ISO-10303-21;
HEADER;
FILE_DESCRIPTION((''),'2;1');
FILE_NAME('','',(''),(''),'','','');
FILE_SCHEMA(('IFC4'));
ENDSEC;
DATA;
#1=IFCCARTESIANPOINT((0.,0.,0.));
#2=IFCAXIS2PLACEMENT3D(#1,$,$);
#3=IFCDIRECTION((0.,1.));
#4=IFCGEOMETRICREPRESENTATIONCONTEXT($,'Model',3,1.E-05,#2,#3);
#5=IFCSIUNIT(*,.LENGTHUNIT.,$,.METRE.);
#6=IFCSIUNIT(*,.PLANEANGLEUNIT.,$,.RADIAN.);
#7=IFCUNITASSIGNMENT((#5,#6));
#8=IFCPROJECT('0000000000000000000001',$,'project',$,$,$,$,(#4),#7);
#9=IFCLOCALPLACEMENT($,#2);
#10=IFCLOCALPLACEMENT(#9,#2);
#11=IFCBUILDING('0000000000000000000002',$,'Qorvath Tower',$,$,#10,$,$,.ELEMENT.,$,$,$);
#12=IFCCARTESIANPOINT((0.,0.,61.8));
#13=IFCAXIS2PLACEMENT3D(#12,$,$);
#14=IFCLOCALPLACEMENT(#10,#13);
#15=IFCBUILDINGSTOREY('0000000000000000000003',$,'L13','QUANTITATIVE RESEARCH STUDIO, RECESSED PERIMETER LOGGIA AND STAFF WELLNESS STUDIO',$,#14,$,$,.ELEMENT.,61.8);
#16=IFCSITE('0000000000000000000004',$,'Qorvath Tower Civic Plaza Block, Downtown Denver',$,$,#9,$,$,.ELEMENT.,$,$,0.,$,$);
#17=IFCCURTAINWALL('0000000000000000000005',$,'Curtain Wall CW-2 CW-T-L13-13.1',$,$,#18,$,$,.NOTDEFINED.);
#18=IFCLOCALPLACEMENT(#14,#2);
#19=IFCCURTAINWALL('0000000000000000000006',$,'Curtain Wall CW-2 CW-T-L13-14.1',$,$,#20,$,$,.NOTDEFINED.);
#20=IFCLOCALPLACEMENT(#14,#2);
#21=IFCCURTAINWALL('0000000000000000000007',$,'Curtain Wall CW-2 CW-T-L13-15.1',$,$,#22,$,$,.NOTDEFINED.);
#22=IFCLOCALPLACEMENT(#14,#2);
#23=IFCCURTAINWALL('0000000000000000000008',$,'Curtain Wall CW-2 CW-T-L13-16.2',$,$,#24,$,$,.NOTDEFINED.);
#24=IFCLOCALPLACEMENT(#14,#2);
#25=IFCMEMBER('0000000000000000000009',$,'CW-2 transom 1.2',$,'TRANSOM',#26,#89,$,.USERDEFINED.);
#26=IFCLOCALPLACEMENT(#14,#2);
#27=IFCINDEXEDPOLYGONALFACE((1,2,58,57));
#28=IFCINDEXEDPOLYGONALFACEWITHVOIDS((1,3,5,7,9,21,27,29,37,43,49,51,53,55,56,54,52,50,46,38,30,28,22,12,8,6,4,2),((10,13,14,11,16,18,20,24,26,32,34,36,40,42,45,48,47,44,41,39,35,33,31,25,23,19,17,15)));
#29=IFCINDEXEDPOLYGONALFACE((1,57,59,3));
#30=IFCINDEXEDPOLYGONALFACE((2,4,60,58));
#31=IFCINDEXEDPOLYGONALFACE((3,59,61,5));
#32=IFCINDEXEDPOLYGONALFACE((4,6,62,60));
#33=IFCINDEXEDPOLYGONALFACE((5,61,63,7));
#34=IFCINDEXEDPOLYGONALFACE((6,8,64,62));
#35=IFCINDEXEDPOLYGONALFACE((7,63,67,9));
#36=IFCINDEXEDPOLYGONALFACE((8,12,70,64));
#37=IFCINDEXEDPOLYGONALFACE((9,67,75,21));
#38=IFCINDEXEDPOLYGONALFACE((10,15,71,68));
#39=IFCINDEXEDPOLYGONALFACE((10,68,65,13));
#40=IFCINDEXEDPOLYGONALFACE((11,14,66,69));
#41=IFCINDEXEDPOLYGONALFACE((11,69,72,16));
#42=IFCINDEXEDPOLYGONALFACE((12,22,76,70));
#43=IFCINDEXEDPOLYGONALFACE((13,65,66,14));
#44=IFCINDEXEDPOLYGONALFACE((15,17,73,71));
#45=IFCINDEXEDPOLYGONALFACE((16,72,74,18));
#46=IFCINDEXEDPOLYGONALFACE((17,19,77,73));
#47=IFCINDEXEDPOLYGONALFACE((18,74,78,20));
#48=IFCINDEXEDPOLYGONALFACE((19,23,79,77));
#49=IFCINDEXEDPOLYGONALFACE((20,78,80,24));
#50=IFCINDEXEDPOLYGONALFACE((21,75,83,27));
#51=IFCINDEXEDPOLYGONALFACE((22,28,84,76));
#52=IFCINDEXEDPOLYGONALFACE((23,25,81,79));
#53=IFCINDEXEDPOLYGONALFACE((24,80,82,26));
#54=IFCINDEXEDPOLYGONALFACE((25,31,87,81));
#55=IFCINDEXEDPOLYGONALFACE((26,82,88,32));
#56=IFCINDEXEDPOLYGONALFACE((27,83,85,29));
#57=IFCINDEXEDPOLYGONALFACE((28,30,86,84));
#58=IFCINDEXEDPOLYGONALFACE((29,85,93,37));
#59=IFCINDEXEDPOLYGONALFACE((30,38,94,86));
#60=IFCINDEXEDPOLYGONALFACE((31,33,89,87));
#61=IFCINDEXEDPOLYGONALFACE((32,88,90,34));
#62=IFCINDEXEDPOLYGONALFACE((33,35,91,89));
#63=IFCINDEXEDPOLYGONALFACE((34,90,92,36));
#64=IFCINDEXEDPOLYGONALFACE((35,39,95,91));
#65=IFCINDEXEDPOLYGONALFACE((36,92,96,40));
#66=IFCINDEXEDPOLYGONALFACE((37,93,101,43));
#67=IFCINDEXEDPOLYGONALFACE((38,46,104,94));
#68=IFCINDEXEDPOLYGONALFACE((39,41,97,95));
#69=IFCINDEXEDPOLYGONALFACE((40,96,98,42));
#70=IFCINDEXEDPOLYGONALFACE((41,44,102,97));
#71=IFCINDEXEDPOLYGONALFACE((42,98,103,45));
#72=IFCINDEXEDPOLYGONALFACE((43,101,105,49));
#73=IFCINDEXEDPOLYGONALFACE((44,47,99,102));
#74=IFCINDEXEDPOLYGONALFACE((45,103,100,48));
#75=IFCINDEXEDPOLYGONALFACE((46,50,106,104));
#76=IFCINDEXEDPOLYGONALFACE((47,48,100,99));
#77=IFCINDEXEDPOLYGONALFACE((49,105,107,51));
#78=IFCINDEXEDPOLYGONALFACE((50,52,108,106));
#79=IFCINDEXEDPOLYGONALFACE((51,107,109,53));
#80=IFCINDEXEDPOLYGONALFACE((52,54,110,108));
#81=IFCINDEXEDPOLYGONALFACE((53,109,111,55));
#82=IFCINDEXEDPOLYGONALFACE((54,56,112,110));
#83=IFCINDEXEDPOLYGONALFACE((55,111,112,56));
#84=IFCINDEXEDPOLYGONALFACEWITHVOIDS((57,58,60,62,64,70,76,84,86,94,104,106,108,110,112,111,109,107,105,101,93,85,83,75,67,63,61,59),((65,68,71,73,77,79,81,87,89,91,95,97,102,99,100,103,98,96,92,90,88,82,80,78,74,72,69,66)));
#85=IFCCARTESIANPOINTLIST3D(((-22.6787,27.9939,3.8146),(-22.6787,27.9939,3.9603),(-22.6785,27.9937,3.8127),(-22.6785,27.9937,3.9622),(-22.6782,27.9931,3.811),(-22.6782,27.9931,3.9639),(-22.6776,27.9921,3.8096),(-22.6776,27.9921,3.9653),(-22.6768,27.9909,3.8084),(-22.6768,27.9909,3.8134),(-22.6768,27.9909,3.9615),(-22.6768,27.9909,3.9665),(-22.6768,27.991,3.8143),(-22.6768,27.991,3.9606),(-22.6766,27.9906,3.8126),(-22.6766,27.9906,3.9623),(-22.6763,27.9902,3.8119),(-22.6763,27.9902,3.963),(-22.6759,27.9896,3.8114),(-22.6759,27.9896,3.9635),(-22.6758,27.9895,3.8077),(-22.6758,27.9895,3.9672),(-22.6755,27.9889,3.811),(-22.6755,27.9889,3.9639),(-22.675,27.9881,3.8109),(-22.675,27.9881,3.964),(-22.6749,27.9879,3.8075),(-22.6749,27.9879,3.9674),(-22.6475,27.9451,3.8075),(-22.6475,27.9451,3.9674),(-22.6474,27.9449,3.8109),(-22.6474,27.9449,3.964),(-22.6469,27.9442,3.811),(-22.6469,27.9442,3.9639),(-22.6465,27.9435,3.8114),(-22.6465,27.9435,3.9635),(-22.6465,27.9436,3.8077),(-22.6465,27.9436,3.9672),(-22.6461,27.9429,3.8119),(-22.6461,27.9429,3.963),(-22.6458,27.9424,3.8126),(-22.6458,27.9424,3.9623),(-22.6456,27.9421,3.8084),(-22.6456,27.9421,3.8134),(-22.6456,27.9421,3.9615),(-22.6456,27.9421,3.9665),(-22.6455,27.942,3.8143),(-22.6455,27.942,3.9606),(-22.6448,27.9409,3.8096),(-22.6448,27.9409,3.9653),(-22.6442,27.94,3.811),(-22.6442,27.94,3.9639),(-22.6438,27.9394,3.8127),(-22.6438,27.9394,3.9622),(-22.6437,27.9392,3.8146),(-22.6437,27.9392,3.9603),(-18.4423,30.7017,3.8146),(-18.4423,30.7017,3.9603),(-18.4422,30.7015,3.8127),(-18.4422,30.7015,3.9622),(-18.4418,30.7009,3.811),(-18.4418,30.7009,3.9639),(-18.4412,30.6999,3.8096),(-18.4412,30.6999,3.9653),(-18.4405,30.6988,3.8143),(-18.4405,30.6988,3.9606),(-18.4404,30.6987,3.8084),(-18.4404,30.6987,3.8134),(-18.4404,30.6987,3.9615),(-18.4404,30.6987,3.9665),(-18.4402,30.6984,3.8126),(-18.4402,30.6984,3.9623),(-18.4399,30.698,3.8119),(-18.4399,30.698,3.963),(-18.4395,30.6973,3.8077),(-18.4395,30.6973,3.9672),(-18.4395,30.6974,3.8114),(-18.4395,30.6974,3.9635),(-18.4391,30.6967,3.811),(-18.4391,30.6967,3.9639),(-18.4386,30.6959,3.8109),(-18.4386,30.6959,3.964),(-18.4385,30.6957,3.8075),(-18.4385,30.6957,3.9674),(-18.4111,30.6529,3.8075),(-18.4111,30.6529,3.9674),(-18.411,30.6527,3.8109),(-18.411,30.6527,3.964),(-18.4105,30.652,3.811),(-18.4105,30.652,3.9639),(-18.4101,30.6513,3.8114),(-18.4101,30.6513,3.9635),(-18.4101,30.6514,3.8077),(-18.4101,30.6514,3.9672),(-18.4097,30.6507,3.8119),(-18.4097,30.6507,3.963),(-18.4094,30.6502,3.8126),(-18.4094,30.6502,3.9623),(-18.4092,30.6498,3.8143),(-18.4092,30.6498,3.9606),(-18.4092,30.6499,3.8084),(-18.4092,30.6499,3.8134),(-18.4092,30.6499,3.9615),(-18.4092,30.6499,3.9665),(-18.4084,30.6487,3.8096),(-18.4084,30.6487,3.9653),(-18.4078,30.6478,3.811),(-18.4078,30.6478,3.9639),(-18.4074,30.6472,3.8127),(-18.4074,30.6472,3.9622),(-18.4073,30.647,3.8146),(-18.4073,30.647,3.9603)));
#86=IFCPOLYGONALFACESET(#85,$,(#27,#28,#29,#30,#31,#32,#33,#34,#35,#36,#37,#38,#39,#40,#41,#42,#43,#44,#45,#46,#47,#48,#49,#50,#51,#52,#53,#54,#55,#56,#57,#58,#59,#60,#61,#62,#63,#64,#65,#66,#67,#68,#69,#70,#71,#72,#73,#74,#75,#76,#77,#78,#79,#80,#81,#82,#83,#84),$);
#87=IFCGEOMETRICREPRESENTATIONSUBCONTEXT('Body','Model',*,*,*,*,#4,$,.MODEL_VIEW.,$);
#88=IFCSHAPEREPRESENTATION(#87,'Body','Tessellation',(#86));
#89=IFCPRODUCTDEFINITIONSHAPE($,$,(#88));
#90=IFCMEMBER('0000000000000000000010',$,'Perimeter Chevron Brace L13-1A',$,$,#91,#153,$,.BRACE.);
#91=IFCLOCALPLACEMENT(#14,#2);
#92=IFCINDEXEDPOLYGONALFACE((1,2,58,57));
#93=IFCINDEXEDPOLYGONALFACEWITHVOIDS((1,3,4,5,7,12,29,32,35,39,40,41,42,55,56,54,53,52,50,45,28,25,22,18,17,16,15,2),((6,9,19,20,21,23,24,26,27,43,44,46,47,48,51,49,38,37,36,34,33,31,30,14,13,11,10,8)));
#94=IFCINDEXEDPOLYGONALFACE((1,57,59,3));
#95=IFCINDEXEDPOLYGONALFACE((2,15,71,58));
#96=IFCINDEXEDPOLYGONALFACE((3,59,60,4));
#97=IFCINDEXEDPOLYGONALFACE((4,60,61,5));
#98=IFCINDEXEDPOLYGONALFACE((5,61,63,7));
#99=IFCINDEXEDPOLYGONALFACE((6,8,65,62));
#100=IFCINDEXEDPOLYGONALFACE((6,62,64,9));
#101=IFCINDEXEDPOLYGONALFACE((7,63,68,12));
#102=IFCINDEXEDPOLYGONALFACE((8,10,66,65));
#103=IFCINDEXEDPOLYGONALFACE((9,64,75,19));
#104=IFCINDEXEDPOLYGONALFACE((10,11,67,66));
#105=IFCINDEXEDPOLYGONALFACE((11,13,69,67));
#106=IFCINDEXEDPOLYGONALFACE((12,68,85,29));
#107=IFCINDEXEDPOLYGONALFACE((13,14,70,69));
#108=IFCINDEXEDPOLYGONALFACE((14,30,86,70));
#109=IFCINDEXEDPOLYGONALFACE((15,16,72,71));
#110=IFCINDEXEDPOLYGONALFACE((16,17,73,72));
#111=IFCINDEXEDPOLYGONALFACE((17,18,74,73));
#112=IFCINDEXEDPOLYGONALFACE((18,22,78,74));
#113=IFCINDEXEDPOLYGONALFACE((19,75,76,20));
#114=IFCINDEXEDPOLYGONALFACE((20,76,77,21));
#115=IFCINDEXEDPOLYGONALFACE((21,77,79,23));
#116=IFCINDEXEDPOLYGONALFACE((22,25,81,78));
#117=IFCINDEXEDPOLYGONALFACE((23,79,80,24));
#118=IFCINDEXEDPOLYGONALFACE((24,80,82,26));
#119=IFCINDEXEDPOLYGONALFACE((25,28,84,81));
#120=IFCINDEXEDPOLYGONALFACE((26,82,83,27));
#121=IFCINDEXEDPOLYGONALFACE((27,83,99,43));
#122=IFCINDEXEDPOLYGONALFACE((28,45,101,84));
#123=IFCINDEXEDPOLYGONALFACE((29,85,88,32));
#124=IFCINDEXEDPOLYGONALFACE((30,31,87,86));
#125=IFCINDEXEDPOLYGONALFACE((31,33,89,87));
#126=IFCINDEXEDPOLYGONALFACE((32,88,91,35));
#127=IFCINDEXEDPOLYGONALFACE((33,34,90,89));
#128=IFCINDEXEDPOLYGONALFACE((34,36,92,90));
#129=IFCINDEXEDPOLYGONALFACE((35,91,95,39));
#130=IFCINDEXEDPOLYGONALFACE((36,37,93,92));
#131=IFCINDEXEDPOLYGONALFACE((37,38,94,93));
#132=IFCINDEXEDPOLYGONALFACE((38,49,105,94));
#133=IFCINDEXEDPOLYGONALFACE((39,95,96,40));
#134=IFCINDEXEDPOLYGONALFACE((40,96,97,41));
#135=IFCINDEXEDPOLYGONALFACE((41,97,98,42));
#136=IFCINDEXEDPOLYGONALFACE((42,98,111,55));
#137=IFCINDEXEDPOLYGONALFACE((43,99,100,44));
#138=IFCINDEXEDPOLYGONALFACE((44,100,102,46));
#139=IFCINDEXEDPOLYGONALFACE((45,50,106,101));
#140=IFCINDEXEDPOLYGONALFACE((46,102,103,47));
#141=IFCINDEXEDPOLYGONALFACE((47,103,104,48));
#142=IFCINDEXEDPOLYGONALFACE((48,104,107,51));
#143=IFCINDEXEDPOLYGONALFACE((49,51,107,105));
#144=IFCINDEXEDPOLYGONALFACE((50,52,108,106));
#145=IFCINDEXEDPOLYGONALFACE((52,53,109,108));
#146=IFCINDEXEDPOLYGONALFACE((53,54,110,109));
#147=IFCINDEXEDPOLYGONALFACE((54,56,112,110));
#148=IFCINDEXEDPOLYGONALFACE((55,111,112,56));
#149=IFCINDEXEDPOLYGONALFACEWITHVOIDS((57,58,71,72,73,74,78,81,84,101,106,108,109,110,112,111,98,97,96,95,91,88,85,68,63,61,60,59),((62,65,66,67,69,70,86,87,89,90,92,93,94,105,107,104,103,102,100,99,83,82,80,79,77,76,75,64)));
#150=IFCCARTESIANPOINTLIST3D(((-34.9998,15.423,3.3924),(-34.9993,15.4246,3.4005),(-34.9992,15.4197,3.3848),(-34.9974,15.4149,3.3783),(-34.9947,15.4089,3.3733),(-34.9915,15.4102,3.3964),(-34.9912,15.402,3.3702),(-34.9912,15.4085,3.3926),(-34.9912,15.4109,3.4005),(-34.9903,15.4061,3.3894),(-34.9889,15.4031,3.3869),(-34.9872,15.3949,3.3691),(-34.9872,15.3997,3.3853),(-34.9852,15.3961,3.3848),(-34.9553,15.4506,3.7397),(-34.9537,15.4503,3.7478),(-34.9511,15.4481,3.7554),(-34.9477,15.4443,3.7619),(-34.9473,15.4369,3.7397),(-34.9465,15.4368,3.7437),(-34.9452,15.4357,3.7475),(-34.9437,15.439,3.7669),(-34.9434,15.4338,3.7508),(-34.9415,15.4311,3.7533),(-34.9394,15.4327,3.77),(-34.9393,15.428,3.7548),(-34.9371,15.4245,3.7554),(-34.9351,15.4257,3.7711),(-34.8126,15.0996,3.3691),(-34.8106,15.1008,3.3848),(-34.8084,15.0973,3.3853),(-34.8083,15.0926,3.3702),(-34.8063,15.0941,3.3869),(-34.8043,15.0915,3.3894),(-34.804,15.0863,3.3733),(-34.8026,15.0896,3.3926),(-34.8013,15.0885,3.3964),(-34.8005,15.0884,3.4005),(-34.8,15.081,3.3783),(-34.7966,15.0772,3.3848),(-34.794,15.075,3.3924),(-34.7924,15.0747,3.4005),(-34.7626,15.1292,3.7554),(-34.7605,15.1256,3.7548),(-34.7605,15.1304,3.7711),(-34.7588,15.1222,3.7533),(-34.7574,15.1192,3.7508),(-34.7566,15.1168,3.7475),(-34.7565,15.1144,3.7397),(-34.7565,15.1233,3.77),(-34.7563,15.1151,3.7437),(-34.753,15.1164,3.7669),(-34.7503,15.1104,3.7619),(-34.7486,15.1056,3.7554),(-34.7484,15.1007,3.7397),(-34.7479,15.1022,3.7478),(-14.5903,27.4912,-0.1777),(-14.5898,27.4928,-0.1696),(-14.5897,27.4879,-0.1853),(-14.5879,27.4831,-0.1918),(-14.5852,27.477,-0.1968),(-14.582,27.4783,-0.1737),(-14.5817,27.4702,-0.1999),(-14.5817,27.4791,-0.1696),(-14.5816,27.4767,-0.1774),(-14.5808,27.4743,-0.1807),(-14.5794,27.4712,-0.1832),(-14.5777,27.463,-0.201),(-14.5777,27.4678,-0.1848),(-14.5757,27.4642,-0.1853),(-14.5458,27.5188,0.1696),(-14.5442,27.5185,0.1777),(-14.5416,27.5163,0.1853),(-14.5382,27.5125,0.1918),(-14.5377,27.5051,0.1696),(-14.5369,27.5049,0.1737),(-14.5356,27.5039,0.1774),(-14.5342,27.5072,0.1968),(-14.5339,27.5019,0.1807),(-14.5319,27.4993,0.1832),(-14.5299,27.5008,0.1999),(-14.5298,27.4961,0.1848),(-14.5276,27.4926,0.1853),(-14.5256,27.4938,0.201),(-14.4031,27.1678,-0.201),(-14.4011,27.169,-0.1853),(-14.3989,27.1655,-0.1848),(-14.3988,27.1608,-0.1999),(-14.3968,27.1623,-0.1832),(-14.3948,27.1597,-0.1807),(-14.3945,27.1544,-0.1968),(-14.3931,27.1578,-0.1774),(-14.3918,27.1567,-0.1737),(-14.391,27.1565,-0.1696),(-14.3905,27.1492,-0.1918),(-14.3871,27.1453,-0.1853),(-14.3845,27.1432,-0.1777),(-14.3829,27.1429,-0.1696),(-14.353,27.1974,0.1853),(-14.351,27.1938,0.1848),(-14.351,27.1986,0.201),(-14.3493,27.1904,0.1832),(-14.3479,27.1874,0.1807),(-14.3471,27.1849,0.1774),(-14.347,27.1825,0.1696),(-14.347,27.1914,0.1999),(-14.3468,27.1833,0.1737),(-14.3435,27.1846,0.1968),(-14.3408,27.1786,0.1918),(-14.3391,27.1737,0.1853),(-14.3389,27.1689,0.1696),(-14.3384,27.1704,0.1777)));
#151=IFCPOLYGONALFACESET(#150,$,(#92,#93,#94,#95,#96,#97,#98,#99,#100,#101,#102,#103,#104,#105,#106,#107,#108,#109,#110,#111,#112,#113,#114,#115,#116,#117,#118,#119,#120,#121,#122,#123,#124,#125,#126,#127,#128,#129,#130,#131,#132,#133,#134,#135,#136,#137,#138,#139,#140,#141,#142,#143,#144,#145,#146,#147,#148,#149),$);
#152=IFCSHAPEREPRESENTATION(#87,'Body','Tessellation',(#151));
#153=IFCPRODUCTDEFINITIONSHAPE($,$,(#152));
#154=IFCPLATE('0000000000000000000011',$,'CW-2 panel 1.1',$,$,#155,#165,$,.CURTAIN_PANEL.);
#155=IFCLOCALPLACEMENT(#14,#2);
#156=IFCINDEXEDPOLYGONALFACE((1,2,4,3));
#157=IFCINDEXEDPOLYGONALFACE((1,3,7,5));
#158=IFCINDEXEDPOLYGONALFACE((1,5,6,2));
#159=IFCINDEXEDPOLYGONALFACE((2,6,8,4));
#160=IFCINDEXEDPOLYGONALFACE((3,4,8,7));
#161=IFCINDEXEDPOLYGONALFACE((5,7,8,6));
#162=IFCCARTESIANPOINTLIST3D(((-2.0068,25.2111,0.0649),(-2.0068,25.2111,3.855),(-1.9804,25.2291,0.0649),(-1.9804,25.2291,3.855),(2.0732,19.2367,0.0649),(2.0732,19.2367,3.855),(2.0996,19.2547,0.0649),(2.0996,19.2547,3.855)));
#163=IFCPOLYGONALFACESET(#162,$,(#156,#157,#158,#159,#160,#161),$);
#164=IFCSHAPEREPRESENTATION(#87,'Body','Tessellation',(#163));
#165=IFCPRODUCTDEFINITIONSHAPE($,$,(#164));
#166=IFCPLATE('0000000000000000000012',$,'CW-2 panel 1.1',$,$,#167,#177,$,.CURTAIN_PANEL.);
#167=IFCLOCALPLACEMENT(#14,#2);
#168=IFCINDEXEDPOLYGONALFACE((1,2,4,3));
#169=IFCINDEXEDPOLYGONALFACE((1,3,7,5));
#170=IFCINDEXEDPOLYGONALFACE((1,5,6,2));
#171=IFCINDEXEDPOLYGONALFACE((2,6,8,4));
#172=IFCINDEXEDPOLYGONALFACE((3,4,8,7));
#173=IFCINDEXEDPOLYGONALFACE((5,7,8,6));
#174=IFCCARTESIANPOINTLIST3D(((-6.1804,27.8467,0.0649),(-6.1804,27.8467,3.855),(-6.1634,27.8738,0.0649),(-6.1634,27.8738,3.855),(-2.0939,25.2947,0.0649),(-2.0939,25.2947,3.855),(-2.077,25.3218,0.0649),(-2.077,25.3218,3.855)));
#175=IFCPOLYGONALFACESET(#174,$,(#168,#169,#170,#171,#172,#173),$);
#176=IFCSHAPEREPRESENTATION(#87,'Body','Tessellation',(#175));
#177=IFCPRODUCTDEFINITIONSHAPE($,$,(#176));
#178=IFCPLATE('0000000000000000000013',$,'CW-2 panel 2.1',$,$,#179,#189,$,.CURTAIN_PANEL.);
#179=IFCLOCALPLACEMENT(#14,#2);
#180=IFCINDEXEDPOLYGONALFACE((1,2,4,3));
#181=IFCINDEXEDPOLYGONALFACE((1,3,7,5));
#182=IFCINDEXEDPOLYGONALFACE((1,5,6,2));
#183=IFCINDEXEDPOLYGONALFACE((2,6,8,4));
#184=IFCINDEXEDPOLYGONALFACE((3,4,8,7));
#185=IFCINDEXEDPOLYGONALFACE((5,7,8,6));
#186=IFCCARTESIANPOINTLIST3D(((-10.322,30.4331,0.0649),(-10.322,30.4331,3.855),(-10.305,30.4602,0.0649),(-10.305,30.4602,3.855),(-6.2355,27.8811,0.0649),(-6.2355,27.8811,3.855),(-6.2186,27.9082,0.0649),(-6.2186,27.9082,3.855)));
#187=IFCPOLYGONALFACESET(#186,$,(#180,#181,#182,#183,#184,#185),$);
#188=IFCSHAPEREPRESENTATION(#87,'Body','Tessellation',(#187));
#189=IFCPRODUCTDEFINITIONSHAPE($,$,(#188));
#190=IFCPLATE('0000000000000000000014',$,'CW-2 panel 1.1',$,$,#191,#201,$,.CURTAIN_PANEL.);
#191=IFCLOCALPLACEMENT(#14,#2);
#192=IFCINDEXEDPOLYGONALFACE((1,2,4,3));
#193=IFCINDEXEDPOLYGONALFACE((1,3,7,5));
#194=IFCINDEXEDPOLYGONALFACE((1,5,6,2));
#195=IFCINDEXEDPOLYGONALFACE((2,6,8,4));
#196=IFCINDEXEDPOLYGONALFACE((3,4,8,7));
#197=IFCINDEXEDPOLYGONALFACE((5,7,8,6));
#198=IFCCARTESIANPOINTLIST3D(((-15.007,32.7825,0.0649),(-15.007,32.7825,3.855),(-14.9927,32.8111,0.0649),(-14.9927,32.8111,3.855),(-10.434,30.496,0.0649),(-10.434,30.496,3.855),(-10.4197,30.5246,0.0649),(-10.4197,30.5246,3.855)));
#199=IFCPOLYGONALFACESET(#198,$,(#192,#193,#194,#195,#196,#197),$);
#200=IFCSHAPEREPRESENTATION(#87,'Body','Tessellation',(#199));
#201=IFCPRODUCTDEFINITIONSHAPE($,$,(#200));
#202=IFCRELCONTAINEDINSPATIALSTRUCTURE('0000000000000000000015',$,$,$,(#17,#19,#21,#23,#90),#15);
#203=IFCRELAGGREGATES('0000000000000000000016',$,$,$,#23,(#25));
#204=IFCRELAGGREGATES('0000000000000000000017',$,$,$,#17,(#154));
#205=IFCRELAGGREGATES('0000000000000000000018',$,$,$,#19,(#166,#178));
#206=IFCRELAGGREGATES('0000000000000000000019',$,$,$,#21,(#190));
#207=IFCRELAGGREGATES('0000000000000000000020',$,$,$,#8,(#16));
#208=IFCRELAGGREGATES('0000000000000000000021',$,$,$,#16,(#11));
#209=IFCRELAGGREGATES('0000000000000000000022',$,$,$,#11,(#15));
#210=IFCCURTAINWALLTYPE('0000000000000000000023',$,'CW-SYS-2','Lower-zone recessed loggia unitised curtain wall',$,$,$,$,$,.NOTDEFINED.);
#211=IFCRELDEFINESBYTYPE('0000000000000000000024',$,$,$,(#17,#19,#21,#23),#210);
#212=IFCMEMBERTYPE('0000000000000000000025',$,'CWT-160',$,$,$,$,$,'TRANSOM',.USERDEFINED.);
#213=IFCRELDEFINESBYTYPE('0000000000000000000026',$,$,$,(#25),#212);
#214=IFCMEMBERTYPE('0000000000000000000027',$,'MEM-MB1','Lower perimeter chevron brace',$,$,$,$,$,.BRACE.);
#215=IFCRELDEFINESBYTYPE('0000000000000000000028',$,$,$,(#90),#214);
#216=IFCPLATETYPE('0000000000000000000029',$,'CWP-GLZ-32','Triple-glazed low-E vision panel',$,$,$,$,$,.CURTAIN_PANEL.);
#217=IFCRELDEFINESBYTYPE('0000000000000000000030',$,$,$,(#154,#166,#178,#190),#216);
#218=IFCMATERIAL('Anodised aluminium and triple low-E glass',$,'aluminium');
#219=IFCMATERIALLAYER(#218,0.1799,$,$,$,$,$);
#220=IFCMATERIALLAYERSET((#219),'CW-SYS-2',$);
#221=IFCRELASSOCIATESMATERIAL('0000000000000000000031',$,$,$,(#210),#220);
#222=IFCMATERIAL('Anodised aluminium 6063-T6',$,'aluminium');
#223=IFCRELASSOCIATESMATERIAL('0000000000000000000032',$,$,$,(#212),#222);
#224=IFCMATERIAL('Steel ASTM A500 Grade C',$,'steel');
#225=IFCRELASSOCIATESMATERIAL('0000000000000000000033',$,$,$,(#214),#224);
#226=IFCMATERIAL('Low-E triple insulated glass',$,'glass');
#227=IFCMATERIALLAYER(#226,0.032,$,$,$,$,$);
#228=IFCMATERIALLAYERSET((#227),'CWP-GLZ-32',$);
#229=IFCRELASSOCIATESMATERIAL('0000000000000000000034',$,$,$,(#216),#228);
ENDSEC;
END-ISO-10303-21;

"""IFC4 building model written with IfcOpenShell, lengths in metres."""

from ifc_helpers import new_model, si_unit, direction, frame, origin, origin_2d, place, context, subcontext, project, spatial, rectangle, hollow_rectangle, extrude, material, layer, layer_set, material_profile, profile_set, type_object, element, aggregate, save


model = new_model("IFC4")

# Units and contexts
model_context = context("Model", 3, precision=1e-05, world=origin(), true_north=direction((0.0, 1.0)))
body_context = subcontext(model_context, "Body", "Model", "MODEL_VIEW")
ifc_project = project(units=[si_unit("LENGTHUNIT", "METRE"), si_unit("PLANEANGLEUNIT", "RADIAN")], contexts=[model_context])

# Site, building, storey
site_placement = place(None, origin())
site = spatial("IfcSite", under=ifc_project, at=site_placement, Name="Qorvath Tower Civic Plaza Block, Downtown Denver", CompositionType="ELEMENT", RefElevation=0.0)
building_placement = place(site_placement, origin())
building = spatial("IfcBuilding", under=site, at=building_placement, Name="Qorvath Tower", CompositionType="ELEMENT")
storey_placement = place(building_placement, frame((0.0, 0.0, 61.8)))
storey = spatial("IfcBuildingStorey", under=building, at=storey_placement, Name="L13", Description="QUANTITATIVE RESEARCH STUDIO, RECESSED PERIMETER LOGGIA AND STAFF WELLNESS STUDIO", CompositionType="ELEMENT", Elevation=61.8)

# Curtain wall
ifc_material_1 = material(Name="Anodised aluminium and triple low-E glass", Category="aluminium")
ifc_layer_1 = layer(ifc_material_1, 0.1799)
ifc_layer_set_1 = layer_set([ifc_layer_1], Name="CW-SYS-2")
curtain_wall_type = type_object("IfcCurtainWallType", Name="CW-SYS-2", Description="Lower-zone recessed loggia unitised curtain wall", PredefinedType="NOTDEFINED", material=ifc_layer_set_1)
curtain_wall_1_placement = place(storey_placement, origin())
curtain_wall_1 = element("IfcCurtainWall", 1, at=curtain_wall_1_placement, inside=storey, type_object=curtain_wall_type, Name="Curtain Wall CW-2 CW-T-L13-13.1", PredefinedType="NOTDEFINED")

# Curtain walls
curtain_wall_2_placement = place(storey_placement, origin())
curtain_wall_2 = element("IfcCurtainWall", 2, at=curtain_wall_2_placement, inside=storey, type_object=curtain_wall_type, Name="Curtain Wall CW-2 CW-T-L13-14.1", PredefinedType="NOTDEFINED")
curtain_wall_3_placement = place(storey_placement, origin())
curtain_wall_3 = element("IfcCurtainWall", 3, at=curtain_wall_3_placement, inside=storey, type_object=curtain_wall_type, Name="Curtain Wall CW-2 CW-T-L13-15.1", PredefinedType="NOTDEFINED")

# Curtain wall
curtain_wall_4_placement = place(storey_placement, origin())
curtain_wall_4 = element("IfcCurtainWall", 4, at=curtain_wall_4_placement, inside=storey, type_object=curtain_wall_type, Name="Curtain Wall CW-2 CW-T-L13-16.2", PredefinedType="NOTDEFINED")

# Members
ifc_material_2 = material(Name="Anodised aluminium 6063-T6", Category="aluminium")
ifc_material_profile_1 = material_profile(ifc_material_2, hollow_rectangle(XDim=0.0649, YDim=0.1599, WallThickness=0.0034, InnerFilletRadius=0.0034, OuterFilletRadius=0.0071, at=origin_2d()), Name="CWT 160x65")
ifc_profile_set_1 = profile_set([ifc_material_profile_1], Name="Anodised aluminium 6063-T6")
member_type_1 = type_object("IfcMemberType", Name="CWT-160", ElementType="TRANSOM", PredefinedType="USERDEFINED", material=ifc_profile_set_1)
member_1_placement = place(storey_placement, frame((-18.4248, 30.6743, 3.8875), z_axis=(-0.842586, -0.538562, 0.0), x_axis=(0.538562, -0.842586, 0.0)))
member_1 = element("IfcMember", 5, at=member_1_placement, type_object=member_type_1, Name="CW-2 transom 1.2", ObjectType="TRANSOM", PredefinedType="USERDEFINED", context=body_context, shape_type="SweptSolid", body=[
    extrude(hollow_rectangle(XDim=0.0649, YDim=0.1599, WallThickness=0.0034, InnerFilletRadius=0.0034, OuterFilletRadius=0.0071, at=origin_2d()), origin(), (0.0, 0.0, 1.0), 5.0278),
])
aggregate(curtain_wall_4, [member_1])
ifc_material_3 = material(Name="Steel ASTM A500 Grade C", Category="steel")
ifc_material_profile_2 = material_profile(ifc_material_3, hollow_rectangle(XDim=0.4065, YDim=0.4065, WallThickness=0.0159, InnerFilletRadius=0.0159, OuterFilletRadius=0.0317, at=origin_2d()), Name="HSS 406x406x16")
ifc_profile_set_2 = profile_set([ifc_material_profile_2], Name="Steel ASTM A500 Grade C")
member_type_2 = type_object("IfcMemberType", Name="MEM-MB1", Description="Lower perimeter chevron brace", PredefinedType="BRACE", material=ifc_profile_set_2)
member_2_placement = place(storey_placement, frame((-14.4644, 27.3308, 0.0), z_axis=(-0.851184, -0.503306, 0.148891), x_axis=(0.508979, -0.860779, 0.0)))
element("IfcMember", 6, at=member_2_placement, inside=storey, type_object=member_type_2, Name="Perimeter Chevron Brace L13-1A", PredefinedType="BRACE", context=body_context, shape_type="SweptSolid", body=[
    extrude(hollow_rectangle(XDim=0.4065, YDim=0.4065, WallThickness=0.0159, InnerFilletRadius=0.0159, OuterFilletRadius=0.0317, at=origin_2d()), origin(), (0.0, 0.0, 1.0), 23.9778),
])

# Plates
ifc_material_4 = material(Name="Low-E triple insulated glass", Category="glass")
ifc_layer_2 = layer(ifc_material_4, 0.032)
ifc_layer_set_2 = layer_set([ifc_layer_2], Name="CWP-GLZ-32")
plate_type_1 = type_object("IfcPlateType", Name="CWP-GLZ-32", Description="Triple-glazed low-E vision panel", PredefinedType="CURTAIN_PANEL", material=ifc_layer_set_2)
plate_1_placement = place(storey_placement, frame((0.0464, 22.2329, 0.0649), z_axis=(0.0, 0.0, 1.0), x_axis=(-0.56395, 0.825809, 0.0)))
plate_1 = element("IfcPlate", 7, at=plate_1_placement, type_object=plate_type_1, Name="CW-2 panel 1.1", PredefinedType="CURTAIN_PANEL", context=body_context, shape_type="SweptSolid", body=[
    extrude(rectangle(XDim=7.2346, YDim=0.032, at=origin_2d()), origin(), (0.0, 0.0, 1.0), 3.79),
])
aggregate(curtain_wall_1, [plate_1])
plate_2_placement = place(storey_placement, frame((-4.1287, 26.5842, 0.0649), z_axis=(0.0, 0.0, 1.0), x_axis=(-0.84819, 0.529692, 0.0)))
plate_2 = element("IfcPlate", 8, at=plate_2_placement, type_object=plate_type_1, Name="CW-2 panel 1.1", PredefinedType="CURTAIN_PANEL", context=body_context, shape_type="SweptSolid", body=[
    extrude(rectangle(XDim=4.8179, YDim=0.032, at=origin_2d()), origin(), (0.0, 0.0, 1.0), 3.79),
])
plate_3_placement = place(storey_placement, frame((-8.2703, 29.1707, 0.0649), z_axis=(0.0, 0.0, 1.0), x_axis=(-0.84819, 0.529692, 0.0)))
plate_3 = element("IfcPlate", 9, at=plate_3_placement, type_object=plate_type_1, Name="CW-2 panel 2.1", PredefinedType="CURTAIN_PANEL", context=body_context, shape_type="SweptSolid", body=[
    extrude(rectangle(XDim=4.8179, YDim=0.032, at=origin_2d()), origin(), (0.0, 0.0, 1.0), 3.79),
])
aggregate(curtain_wall_2, [plate_2, plate_3])
plate_4_placement = place(storey_placement, frame((-12.7134, 31.6536, 0.0649), z_axis=(0.0, 0.0, 1.0), x_axis=(-0.894427, 0.447214, 0.0)))
plate_4 = element("IfcPlate", 10, at=plate_4_placement, type_object=plate_type_1, Name="CW-2 panel 1.1", PredefinedType="CURTAIN_PANEL", context=body_context, shape_type="SweptSolid", body=[
    extrude(rectangle(XDim=5.1128, YDim=0.032, at=origin_2d()), origin(), (0.0, 0.0, 1.0), 3.79),
])
aggregate(curtain_wall_3, [plate_4])

save(model, "model.ifc")
